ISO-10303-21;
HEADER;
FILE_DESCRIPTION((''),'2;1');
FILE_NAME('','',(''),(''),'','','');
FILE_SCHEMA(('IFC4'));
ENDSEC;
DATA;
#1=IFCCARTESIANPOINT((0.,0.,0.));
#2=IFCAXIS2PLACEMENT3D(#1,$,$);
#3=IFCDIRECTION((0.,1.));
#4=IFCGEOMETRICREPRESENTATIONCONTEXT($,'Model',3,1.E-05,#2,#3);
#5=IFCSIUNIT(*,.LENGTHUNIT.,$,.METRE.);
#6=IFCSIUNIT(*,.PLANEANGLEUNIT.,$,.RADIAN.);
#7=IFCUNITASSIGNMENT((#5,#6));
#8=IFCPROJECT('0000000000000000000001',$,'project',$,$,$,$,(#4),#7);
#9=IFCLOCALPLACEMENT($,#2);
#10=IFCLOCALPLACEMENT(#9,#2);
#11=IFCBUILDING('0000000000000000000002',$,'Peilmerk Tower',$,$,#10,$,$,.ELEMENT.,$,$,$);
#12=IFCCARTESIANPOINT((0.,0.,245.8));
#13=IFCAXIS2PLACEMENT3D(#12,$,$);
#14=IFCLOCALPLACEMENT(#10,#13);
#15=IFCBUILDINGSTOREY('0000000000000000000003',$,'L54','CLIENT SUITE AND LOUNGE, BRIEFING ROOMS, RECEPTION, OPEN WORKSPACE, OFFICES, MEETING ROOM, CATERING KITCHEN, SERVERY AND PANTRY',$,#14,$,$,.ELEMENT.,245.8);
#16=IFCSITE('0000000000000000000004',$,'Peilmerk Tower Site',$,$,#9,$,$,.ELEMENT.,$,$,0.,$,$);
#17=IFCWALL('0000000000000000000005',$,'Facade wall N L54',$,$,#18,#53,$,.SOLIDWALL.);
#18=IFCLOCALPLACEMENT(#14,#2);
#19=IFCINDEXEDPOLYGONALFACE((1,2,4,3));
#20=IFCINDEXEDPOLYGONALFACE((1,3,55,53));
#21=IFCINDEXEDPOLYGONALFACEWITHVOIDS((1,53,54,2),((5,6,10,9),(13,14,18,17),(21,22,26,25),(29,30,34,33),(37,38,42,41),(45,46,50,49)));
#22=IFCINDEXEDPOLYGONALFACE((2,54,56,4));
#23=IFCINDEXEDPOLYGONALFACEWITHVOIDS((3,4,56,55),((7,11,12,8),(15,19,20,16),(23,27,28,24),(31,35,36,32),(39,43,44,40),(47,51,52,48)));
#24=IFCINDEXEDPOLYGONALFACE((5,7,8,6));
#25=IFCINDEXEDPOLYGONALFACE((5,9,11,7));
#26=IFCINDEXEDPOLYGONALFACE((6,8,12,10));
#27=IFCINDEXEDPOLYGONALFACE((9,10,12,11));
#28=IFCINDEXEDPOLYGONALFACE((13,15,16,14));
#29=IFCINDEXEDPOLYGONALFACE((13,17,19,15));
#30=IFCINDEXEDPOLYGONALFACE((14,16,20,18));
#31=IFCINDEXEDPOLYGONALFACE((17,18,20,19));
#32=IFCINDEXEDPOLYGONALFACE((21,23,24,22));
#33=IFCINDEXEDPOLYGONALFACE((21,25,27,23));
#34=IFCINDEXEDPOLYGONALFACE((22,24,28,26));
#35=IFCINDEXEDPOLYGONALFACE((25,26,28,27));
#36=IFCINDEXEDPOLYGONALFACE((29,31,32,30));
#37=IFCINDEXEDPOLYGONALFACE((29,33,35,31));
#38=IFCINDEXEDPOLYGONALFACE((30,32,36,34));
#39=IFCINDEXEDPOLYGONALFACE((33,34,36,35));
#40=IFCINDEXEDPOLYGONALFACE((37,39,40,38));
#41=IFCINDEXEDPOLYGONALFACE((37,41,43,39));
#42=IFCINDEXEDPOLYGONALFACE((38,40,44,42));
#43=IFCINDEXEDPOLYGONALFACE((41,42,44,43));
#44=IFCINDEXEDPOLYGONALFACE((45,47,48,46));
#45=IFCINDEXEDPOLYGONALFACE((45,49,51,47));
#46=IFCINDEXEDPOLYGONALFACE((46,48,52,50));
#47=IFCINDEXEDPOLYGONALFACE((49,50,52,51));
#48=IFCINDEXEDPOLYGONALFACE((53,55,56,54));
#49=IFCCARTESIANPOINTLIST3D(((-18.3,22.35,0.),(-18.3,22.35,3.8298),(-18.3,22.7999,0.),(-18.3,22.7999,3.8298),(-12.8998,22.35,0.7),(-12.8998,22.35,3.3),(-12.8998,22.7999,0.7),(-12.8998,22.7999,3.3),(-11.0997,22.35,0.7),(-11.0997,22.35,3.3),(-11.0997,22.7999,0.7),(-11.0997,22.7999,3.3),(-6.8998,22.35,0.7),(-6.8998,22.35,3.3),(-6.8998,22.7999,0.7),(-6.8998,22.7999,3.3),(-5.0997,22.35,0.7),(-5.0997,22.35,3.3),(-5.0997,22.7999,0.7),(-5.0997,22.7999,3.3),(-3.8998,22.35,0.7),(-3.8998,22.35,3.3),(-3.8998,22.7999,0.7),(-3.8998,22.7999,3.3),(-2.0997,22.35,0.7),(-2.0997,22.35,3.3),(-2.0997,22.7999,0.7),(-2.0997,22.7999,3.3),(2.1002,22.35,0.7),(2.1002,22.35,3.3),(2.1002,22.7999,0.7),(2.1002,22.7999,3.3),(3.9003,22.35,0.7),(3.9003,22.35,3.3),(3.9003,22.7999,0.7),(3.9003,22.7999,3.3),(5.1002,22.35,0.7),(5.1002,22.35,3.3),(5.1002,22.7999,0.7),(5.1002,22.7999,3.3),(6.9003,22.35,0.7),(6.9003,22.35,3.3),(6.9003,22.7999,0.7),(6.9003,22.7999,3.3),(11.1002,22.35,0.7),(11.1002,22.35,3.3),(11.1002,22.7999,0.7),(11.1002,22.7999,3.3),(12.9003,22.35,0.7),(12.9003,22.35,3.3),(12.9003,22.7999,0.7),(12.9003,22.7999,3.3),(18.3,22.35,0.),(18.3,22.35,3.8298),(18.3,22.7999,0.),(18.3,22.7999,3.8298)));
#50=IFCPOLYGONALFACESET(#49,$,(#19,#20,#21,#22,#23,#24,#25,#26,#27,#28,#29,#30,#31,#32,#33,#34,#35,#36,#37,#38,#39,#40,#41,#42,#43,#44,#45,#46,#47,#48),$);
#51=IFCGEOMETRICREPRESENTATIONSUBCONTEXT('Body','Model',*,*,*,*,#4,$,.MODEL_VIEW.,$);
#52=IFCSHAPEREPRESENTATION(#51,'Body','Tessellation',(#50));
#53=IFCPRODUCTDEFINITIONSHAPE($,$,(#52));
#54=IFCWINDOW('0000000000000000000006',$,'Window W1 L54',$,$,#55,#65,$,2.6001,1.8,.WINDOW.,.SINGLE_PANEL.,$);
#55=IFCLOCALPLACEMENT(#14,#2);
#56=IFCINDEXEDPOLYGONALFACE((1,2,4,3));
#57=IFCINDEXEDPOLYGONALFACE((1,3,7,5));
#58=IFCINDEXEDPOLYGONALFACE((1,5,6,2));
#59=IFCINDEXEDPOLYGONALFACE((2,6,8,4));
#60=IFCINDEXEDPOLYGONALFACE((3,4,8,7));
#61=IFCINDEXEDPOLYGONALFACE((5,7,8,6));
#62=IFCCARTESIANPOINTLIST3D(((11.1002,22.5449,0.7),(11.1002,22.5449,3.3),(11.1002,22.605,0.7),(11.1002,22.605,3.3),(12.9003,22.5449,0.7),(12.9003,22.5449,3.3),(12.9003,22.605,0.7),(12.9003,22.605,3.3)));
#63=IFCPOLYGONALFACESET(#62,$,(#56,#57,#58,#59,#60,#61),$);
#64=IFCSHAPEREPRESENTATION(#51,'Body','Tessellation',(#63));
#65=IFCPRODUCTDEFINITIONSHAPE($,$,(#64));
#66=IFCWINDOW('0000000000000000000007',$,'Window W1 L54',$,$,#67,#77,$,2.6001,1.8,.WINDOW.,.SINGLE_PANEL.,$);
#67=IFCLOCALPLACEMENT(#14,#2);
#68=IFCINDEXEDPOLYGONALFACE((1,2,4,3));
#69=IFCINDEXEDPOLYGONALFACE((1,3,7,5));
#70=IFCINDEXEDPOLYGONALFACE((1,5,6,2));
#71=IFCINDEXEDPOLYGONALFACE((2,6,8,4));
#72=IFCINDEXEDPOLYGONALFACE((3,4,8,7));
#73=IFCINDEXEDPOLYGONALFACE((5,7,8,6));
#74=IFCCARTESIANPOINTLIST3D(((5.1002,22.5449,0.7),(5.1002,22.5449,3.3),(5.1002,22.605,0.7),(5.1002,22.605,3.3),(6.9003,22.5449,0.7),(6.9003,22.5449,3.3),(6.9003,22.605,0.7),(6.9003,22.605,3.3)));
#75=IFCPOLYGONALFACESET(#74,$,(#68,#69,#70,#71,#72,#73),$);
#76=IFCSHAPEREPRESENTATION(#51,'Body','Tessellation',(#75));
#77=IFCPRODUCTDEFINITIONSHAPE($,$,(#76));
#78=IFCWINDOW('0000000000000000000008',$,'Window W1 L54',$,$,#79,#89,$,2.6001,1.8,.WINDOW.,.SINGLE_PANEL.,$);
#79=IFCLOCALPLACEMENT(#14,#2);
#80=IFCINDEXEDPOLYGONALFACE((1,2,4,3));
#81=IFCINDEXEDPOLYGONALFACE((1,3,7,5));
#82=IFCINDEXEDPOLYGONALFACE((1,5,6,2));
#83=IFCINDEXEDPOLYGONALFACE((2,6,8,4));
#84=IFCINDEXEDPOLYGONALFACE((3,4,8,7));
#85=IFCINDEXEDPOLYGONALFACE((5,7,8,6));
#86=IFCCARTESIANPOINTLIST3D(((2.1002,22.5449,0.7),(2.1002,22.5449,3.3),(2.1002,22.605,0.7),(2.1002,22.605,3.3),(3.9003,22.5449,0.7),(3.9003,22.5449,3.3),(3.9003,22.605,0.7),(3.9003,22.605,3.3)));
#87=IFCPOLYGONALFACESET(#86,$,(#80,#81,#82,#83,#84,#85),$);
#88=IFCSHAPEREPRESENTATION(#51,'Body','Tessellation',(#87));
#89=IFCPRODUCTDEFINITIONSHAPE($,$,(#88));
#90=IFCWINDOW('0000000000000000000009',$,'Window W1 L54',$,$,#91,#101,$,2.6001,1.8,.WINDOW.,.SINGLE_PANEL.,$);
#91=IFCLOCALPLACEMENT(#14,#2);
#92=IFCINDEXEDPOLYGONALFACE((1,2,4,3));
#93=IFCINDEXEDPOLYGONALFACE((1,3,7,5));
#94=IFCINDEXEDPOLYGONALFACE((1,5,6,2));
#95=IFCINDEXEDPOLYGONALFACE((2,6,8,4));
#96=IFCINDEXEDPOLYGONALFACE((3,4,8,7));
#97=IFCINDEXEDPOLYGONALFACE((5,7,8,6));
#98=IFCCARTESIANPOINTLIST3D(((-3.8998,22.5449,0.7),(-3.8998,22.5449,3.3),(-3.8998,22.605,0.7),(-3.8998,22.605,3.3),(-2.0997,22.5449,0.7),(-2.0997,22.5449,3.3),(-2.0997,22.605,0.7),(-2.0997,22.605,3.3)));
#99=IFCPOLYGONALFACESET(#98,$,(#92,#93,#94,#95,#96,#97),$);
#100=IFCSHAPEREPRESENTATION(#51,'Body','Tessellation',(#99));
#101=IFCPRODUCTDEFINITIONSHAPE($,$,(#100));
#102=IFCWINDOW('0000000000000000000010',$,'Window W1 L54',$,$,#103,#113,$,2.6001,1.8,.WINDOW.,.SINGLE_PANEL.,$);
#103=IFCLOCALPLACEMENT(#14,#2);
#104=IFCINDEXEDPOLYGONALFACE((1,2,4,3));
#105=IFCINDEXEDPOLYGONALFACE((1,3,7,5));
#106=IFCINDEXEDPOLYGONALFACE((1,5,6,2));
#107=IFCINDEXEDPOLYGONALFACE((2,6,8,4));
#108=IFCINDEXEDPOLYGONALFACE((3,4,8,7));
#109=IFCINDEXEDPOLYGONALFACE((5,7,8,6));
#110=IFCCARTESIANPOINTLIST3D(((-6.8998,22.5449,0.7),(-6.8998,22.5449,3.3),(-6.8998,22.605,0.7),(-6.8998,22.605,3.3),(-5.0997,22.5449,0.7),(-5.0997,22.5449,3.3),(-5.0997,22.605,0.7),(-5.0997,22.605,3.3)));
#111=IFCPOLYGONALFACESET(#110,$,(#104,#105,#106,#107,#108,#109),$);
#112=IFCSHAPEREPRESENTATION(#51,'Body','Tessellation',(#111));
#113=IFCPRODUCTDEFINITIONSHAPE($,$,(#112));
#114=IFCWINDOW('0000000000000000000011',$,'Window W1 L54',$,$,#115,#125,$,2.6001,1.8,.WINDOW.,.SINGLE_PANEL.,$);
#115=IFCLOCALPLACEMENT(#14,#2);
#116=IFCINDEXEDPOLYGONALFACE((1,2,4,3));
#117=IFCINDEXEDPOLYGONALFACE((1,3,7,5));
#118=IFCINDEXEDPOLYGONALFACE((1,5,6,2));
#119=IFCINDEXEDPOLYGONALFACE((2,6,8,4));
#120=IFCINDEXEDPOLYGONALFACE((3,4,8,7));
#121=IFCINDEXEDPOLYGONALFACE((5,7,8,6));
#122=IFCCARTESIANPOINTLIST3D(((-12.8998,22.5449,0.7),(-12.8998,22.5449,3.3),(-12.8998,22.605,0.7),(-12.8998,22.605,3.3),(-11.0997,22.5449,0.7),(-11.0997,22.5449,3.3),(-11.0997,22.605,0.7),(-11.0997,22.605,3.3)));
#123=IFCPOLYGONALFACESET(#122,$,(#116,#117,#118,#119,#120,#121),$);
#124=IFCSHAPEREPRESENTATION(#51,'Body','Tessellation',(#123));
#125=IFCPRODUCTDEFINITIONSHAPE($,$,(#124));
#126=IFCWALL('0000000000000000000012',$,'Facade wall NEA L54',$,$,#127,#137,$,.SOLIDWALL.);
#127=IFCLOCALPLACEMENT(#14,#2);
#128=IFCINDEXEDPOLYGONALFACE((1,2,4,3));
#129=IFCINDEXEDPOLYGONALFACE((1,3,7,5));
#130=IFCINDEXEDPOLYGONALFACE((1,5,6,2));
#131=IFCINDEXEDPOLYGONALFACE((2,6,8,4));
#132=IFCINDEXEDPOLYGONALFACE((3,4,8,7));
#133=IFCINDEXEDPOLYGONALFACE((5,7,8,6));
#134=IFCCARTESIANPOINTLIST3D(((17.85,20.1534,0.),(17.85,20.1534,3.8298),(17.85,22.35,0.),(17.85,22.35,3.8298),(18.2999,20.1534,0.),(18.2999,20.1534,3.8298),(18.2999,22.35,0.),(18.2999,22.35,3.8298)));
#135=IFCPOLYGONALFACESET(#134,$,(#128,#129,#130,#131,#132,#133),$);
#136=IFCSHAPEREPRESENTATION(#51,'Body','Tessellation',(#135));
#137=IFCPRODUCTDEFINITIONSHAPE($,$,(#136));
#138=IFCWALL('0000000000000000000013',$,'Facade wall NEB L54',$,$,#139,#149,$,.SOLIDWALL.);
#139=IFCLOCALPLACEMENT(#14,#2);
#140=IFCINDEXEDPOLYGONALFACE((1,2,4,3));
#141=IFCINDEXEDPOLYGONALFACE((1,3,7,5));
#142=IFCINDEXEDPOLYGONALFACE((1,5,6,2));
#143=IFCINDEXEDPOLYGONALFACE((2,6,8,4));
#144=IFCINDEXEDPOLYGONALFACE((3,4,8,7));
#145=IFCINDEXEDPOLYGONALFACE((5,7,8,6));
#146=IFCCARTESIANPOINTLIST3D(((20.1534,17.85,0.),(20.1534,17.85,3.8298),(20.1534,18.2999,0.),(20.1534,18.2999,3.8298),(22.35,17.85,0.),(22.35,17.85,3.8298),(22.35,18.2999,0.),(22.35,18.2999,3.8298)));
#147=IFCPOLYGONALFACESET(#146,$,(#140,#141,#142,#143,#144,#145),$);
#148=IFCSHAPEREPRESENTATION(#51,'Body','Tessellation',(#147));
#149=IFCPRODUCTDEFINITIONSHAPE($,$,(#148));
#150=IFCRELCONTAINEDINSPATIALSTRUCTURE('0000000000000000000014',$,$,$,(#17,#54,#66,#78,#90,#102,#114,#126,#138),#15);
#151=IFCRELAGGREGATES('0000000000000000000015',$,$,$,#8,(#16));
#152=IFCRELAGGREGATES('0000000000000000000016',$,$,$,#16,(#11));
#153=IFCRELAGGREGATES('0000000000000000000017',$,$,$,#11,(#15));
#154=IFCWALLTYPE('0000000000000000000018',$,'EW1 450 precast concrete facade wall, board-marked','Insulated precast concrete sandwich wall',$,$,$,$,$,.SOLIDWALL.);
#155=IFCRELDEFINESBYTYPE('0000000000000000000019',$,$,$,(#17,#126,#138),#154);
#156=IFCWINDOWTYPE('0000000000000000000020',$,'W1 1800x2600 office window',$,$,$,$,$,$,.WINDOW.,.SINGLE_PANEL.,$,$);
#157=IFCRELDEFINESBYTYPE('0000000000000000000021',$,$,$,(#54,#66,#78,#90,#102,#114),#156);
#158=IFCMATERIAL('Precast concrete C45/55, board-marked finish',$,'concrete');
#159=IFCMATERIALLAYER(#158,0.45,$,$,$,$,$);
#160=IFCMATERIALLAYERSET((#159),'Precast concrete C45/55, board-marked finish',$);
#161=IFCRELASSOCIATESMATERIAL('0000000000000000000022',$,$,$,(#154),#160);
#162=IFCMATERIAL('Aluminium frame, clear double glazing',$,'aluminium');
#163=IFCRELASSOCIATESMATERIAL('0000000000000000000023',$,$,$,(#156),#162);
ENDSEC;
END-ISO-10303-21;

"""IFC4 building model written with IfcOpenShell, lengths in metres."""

from ifc_helpers import new_model, si_unit, direction, frame, frame_2d, origin, place, context, subcontext, project, spatial, rectangle, extrude, material, layer, layer_set, type_object, element, fill, save


model = new_model("IFC4")

# Units and contexts
model_context = context("Model", 3, precision=1e-05, world=origin(), true_north=direction((0.0, 1.0)))
body_context = subcontext(model_context, "Body", "Model", "MODEL_VIEW")
ifc_project = project(units=[si_unit("LENGTHUNIT", "METRE"), si_unit("PLANEANGLEUNIT", "RADIAN")], contexts=[model_context])

# Site, building, storey
site_placement = place(None, origin())
site = spatial("IfcSite", under=ifc_project, at=site_placement, Name="Peilmerk Tower Site", CompositionType="ELEMENT", RefElevation=0.0)
building_placement = place(site_placement, origin())
building = spatial("IfcBuilding", under=site, at=building_placement, Name="Peilmerk Tower", CompositionType="ELEMENT")
storey_placement = place(building_placement, frame((0.0, 0.0, 245.8)))
storey = spatial("IfcBuildingStorey", under=building, at=storey_placement, Name="L54", Description="CLIENT SUITE AND LOUNGE, BRIEFING ROOMS, RECEPTION, OPEN WORKSPACE, OFFICES, MEETING ROOM, CATERING KITCHEN, SERVERY AND PANTRY", CompositionType="ELEMENT", Elevation=245.8)

# Wall, openings, windows
ifc_material_1 = material(Name="Precast concrete C45/55, board-marked finish", Category="concrete")
ifc_layer_1 = layer(ifc_material_1, 0.45)
ifc_layer_set_1 = layer_set([ifc_layer_1], Name="Precast concrete C45/55, board-marked finish")
wall_type = type_object("IfcWallType", Name="EW1 450 precast concrete facade wall, board-marked", Description="Insulated precast concrete sandwich wall", PredefinedType="SOLIDWALL", material=ifc_layer_set_1)
wall_placement = place(storey_placement, frame((18.3, 22.575, 0.0), z_axis=(0.0, 0.0, 1.0), x_axis=(-1.0, 0.0, 0.0)))
wall = element("IfcWall", 1, at=wall_placement, inside=storey, type_object=wall_type, Name="Facade wall N L54", PredefinedType="SOLIDWALL", context=body_context, shape_type="SweptSolid", body=[
    extrude(rectangle(XDim=36.6001, YDim=0.45, at=frame_2d((18.3, 0.0))), origin(), (0.0, 0.0, 1.0), 3.8298),
])
opening_1_placement = place(wall_placement, frame((5.3999, 0.0, 0.7)))
opening_1 = element("IfcOpeningElement", 2, at=opening_1_placement, cuts=wall, PredefinedType="OPENING", context=body_context, shape_type="SweptSolid", body=[
    extrude(rectangle(XDim=1.8, YDim=2.6001, at=frame_2d((0.8999, 1.3))), frame((0.0, 0.2349, 0.0), z_axis=(0.0, -1.0, 0.0), x_axis=(1.0, 0.0, 0.0)), (0.0, 0.0, 1.0), 0.47),
])
opening_2_placement = place(wall_placement, frame((11.3999, 0.0, 0.7)))
opening_2 = element("IfcOpeningElement", 3, at=opening_2_placement, cuts=wall, PredefinedType="OPENING", context=body_context, shape_type="SweptSolid", body=[
    extrude(rectangle(XDim=1.8, YDim=2.6001, at=frame_2d((0.8999, 1.3))), frame((0.0, 0.2349, 0.0), z_axis=(0.0, -1.0, 0.0), x_axis=(1.0, 0.0, 0.0)), (0.0, 0.0, 1.0), 0.47),
])
opening_3_placement = place(wall_placement, frame((14.3999, 0.0, 0.7)))
opening_3 = element("IfcOpeningElement", 4, at=opening_3_placement, cuts=wall, PredefinedType="OPENING", context=body_context, shape_type="SweptSolid", body=[
    extrude(rectangle(XDim=1.8, YDim=2.6001, at=frame_2d((0.8999, 1.3))), frame((0.0, 0.2349, 0.0), z_axis=(0.0, -1.0, 0.0), x_axis=(1.0, 0.0, 0.0)), (0.0, 0.0, 1.0), 0.47),
])
opening_4_placement = place(wall_placement, frame((20.3999, 0.0, 0.7)))
opening_4 = element("IfcOpeningElement", 5, at=opening_4_placement, cuts=wall, PredefinedType="OPENING", context=body_context, shape_type="SweptSolid", body=[
    extrude(rectangle(XDim=1.8, YDim=2.6001, at=frame_2d((0.8999, 1.3))), frame((0.0, 0.2349, 0.0), z_axis=(0.0, -1.0, 0.0), x_axis=(1.0, 0.0, 0.0)), (0.0, 0.0, 1.0), 0.47),
])
opening_5_placement = place(wall_placement, frame((23.3999, 0.0, 0.7)))
opening_5 = element("IfcOpeningElement", 6, at=opening_5_placement, cuts=wall, PredefinedType="OPENING", context=body_context, shape_type="SweptSolid", body=[
    extrude(rectangle(XDim=1.8, YDim=2.6001, at=frame_2d((0.8999, 1.3))), frame((0.0, 0.2349, 0.0), z_axis=(0.0, -1.0, 0.0), x_axis=(1.0, 0.0, 0.0)), (0.0, 0.0, 1.0), 0.47),
])
opening_6_placement = place(wall_placement, frame((29.3999, 0.0, 0.7)))
opening_6 = element("IfcOpeningElement", 7, at=opening_6_placement, cuts=wall, PredefinedType="OPENING", context=body_context, shape_type="SweptSolid", body=[
    extrude(rectangle(XDim=1.8, YDim=2.6001, at=frame_2d((0.8999, 1.3))), frame((0.0, 0.2349, 0.0), z_axis=(0.0, -1.0, 0.0), x_axis=(1.0, 0.0, 0.0)), (0.0, 0.0, 1.0), 0.47),
])
ifc_material_2 = material(Name="Aluminium frame, clear double glazing", Category="aluminium")
window_type = type_object("IfcWindowType", Name="W1 1800x2600 office window", PartitioningType="SINGLE_PANEL", PredefinedType="WINDOW", material=ifc_material_2)
window_1_placement = place(opening_1_placement, origin())
window_1 = element("IfcWindow", 8, at=window_1_placement, inside=storey, type_object=window_type, Name="Window W1 L54", OverallHeight=2.6001, OverallWidth=1.8, PartitioningType="SINGLE_PANEL", PredefinedType="WINDOW", context=body_context, shape_type="SweptSolid", body=[
    extrude(rectangle(XDim=1.8, YDim=2.6001, at=frame_2d((0.8999, 1.3))), frame((0.0, 0.03, 0.0), z_axis=(0.0, -1.0, 0.0), x_axis=(1.0, 0.0, 0.0)), (0.0, 0.0, 1.0), 0.0601),
])
fill(opening_1, window_1)
window_2_placement = place(opening_2_placement, origin())
window_2 = element("IfcWindow", 9, at=window_2_placement, inside=storey, type_object=window_type, Name="Window W1 L54", OverallHeight=2.6001, OverallWidth=1.8, PartitioningType="SINGLE_PANEL", PredefinedType="WINDOW", context=body_context, shape_type="SweptSolid", body=[
    extrude(rectangle(XDim=1.8, YDim=2.6001, at=frame_2d((0.8999, 1.3))), frame((0.0, 0.03, 0.0), z_axis=(0.0, -1.0, 0.0), x_axis=(1.0, 0.0, 0.0)), (0.0, 0.0, 1.0), 0.0601),
])
fill(opening_2, window_2)
window_3_placement = place(opening_3_placement, origin())
window_3 = element("IfcWindow", 10, at=window_3_placement, inside=storey, type_object=window_type, Name="Window W1 L54", OverallHeight=2.6001, OverallWidth=1.8, PartitioningType="SINGLE_PANEL", PredefinedType="WINDOW", context=body_context, shape_type="SweptSolid", body=[
    extrude(rectangle(XDim=1.8, YDim=2.6001, at=frame_2d((0.8999, 1.3))), frame((0.0, 0.03, 0.0), z_axis=(0.0, -1.0, 0.0), x_axis=(1.0, 0.0, 0.0)), (0.0, 0.0, 1.0), 0.0601),
])
fill(opening_3, window_3)
window_4_placement = place(opening_4_placement, origin())
window_4 = element("IfcWindow", 11, at=window_4_placement, inside=storey, type_object=window_type, Name="Window W1 L54", OverallHeight=2.6001, OverallWidth=1.8, PartitioningType="SINGLE_PANEL", PredefinedType="WINDOW", context=body_context, shape_type="SweptSolid", body=[
    extrude(rectangle(XDim=1.8, YDim=2.6001, at=frame_2d((0.8999, 1.3))), frame((0.0, 0.03, 0.0), z_axis=(0.0, -1.0, 0.0), x_axis=(1.0, 0.0, 0.0)), (0.0, 0.0, 1.0), 0.0601),
])
fill(opening_4, window_4)
window_5_placement = place(opening_5_placement, origin())
window_5 = element("IfcWindow", 12, at=window_5_placement, inside=storey, type_object=window_type, Name="Window W1 L54", OverallHeight=2.6001, OverallWidth=1.8, PartitioningType="SINGLE_PANEL", PredefinedType="WINDOW", context=body_context, shape_type="SweptSolid", body=[
    extrude(rectangle(XDim=1.8, YDim=2.6001, at=frame_2d((0.8999, 1.3))), frame((0.0, 0.03, 0.0), z_axis=(0.0, -1.0, 0.0), x_axis=(1.0, 0.0, 0.0)), (0.0, 0.0, 1.0), 0.0601),
])
fill(opening_5, window_5)
window_6_placement = place(opening_6_placement, origin())
window_6 = element("IfcWindow", 13, at=window_6_placement, inside=storey, type_object=window_type, Name="Window W1 L54", OverallHeight=2.6001, OverallWidth=1.8, PartitioningType="SINGLE_PANEL", PredefinedType="WINDOW", context=body_context, shape_type="SweptSolid", body=[
    extrude(rectangle(XDim=1.8, YDim=2.6001, at=frame_2d((0.8999, 1.3))), frame((0.0, 0.03, 0.0), z_axis=(0.0, -1.0, 0.0), x_axis=(1.0, 0.0, 0.0)), (0.0, 0.0, 1.0), 0.0601),
])
fill(opening_6, window_6)

# Walls
for number, where, z_axis, x_axis, name in (
    (14, (18.075, 20.1536, 0.0), (0.0, 0.0, 1.0), (0.0, 1.0, 0.0), "Facade wall NEA L54"),
    (15, (20.1536, 18.075, 0.0), (0.0, 0.0, 1.0), (1.0, 0.0, 0.0), "Facade wall NEB L54"),
):
    element("IfcWall", number, at=place(storey_placement, frame(where, z_axis=z_axis, x_axis=x_axis)), inside=storey, type_object=wall_type, Name=name, PredefinedType="SOLIDWALL", context=body_context, shape_type="SweptSolid", body=[
        extrude(rectangle(XDim=2.1965, YDim=0.45, at=frame_2d((1.0981, 0.0))), origin(), (0.0, 0.0, 1.0), 3.8298),
    ])

save(model, "model.ifc")
